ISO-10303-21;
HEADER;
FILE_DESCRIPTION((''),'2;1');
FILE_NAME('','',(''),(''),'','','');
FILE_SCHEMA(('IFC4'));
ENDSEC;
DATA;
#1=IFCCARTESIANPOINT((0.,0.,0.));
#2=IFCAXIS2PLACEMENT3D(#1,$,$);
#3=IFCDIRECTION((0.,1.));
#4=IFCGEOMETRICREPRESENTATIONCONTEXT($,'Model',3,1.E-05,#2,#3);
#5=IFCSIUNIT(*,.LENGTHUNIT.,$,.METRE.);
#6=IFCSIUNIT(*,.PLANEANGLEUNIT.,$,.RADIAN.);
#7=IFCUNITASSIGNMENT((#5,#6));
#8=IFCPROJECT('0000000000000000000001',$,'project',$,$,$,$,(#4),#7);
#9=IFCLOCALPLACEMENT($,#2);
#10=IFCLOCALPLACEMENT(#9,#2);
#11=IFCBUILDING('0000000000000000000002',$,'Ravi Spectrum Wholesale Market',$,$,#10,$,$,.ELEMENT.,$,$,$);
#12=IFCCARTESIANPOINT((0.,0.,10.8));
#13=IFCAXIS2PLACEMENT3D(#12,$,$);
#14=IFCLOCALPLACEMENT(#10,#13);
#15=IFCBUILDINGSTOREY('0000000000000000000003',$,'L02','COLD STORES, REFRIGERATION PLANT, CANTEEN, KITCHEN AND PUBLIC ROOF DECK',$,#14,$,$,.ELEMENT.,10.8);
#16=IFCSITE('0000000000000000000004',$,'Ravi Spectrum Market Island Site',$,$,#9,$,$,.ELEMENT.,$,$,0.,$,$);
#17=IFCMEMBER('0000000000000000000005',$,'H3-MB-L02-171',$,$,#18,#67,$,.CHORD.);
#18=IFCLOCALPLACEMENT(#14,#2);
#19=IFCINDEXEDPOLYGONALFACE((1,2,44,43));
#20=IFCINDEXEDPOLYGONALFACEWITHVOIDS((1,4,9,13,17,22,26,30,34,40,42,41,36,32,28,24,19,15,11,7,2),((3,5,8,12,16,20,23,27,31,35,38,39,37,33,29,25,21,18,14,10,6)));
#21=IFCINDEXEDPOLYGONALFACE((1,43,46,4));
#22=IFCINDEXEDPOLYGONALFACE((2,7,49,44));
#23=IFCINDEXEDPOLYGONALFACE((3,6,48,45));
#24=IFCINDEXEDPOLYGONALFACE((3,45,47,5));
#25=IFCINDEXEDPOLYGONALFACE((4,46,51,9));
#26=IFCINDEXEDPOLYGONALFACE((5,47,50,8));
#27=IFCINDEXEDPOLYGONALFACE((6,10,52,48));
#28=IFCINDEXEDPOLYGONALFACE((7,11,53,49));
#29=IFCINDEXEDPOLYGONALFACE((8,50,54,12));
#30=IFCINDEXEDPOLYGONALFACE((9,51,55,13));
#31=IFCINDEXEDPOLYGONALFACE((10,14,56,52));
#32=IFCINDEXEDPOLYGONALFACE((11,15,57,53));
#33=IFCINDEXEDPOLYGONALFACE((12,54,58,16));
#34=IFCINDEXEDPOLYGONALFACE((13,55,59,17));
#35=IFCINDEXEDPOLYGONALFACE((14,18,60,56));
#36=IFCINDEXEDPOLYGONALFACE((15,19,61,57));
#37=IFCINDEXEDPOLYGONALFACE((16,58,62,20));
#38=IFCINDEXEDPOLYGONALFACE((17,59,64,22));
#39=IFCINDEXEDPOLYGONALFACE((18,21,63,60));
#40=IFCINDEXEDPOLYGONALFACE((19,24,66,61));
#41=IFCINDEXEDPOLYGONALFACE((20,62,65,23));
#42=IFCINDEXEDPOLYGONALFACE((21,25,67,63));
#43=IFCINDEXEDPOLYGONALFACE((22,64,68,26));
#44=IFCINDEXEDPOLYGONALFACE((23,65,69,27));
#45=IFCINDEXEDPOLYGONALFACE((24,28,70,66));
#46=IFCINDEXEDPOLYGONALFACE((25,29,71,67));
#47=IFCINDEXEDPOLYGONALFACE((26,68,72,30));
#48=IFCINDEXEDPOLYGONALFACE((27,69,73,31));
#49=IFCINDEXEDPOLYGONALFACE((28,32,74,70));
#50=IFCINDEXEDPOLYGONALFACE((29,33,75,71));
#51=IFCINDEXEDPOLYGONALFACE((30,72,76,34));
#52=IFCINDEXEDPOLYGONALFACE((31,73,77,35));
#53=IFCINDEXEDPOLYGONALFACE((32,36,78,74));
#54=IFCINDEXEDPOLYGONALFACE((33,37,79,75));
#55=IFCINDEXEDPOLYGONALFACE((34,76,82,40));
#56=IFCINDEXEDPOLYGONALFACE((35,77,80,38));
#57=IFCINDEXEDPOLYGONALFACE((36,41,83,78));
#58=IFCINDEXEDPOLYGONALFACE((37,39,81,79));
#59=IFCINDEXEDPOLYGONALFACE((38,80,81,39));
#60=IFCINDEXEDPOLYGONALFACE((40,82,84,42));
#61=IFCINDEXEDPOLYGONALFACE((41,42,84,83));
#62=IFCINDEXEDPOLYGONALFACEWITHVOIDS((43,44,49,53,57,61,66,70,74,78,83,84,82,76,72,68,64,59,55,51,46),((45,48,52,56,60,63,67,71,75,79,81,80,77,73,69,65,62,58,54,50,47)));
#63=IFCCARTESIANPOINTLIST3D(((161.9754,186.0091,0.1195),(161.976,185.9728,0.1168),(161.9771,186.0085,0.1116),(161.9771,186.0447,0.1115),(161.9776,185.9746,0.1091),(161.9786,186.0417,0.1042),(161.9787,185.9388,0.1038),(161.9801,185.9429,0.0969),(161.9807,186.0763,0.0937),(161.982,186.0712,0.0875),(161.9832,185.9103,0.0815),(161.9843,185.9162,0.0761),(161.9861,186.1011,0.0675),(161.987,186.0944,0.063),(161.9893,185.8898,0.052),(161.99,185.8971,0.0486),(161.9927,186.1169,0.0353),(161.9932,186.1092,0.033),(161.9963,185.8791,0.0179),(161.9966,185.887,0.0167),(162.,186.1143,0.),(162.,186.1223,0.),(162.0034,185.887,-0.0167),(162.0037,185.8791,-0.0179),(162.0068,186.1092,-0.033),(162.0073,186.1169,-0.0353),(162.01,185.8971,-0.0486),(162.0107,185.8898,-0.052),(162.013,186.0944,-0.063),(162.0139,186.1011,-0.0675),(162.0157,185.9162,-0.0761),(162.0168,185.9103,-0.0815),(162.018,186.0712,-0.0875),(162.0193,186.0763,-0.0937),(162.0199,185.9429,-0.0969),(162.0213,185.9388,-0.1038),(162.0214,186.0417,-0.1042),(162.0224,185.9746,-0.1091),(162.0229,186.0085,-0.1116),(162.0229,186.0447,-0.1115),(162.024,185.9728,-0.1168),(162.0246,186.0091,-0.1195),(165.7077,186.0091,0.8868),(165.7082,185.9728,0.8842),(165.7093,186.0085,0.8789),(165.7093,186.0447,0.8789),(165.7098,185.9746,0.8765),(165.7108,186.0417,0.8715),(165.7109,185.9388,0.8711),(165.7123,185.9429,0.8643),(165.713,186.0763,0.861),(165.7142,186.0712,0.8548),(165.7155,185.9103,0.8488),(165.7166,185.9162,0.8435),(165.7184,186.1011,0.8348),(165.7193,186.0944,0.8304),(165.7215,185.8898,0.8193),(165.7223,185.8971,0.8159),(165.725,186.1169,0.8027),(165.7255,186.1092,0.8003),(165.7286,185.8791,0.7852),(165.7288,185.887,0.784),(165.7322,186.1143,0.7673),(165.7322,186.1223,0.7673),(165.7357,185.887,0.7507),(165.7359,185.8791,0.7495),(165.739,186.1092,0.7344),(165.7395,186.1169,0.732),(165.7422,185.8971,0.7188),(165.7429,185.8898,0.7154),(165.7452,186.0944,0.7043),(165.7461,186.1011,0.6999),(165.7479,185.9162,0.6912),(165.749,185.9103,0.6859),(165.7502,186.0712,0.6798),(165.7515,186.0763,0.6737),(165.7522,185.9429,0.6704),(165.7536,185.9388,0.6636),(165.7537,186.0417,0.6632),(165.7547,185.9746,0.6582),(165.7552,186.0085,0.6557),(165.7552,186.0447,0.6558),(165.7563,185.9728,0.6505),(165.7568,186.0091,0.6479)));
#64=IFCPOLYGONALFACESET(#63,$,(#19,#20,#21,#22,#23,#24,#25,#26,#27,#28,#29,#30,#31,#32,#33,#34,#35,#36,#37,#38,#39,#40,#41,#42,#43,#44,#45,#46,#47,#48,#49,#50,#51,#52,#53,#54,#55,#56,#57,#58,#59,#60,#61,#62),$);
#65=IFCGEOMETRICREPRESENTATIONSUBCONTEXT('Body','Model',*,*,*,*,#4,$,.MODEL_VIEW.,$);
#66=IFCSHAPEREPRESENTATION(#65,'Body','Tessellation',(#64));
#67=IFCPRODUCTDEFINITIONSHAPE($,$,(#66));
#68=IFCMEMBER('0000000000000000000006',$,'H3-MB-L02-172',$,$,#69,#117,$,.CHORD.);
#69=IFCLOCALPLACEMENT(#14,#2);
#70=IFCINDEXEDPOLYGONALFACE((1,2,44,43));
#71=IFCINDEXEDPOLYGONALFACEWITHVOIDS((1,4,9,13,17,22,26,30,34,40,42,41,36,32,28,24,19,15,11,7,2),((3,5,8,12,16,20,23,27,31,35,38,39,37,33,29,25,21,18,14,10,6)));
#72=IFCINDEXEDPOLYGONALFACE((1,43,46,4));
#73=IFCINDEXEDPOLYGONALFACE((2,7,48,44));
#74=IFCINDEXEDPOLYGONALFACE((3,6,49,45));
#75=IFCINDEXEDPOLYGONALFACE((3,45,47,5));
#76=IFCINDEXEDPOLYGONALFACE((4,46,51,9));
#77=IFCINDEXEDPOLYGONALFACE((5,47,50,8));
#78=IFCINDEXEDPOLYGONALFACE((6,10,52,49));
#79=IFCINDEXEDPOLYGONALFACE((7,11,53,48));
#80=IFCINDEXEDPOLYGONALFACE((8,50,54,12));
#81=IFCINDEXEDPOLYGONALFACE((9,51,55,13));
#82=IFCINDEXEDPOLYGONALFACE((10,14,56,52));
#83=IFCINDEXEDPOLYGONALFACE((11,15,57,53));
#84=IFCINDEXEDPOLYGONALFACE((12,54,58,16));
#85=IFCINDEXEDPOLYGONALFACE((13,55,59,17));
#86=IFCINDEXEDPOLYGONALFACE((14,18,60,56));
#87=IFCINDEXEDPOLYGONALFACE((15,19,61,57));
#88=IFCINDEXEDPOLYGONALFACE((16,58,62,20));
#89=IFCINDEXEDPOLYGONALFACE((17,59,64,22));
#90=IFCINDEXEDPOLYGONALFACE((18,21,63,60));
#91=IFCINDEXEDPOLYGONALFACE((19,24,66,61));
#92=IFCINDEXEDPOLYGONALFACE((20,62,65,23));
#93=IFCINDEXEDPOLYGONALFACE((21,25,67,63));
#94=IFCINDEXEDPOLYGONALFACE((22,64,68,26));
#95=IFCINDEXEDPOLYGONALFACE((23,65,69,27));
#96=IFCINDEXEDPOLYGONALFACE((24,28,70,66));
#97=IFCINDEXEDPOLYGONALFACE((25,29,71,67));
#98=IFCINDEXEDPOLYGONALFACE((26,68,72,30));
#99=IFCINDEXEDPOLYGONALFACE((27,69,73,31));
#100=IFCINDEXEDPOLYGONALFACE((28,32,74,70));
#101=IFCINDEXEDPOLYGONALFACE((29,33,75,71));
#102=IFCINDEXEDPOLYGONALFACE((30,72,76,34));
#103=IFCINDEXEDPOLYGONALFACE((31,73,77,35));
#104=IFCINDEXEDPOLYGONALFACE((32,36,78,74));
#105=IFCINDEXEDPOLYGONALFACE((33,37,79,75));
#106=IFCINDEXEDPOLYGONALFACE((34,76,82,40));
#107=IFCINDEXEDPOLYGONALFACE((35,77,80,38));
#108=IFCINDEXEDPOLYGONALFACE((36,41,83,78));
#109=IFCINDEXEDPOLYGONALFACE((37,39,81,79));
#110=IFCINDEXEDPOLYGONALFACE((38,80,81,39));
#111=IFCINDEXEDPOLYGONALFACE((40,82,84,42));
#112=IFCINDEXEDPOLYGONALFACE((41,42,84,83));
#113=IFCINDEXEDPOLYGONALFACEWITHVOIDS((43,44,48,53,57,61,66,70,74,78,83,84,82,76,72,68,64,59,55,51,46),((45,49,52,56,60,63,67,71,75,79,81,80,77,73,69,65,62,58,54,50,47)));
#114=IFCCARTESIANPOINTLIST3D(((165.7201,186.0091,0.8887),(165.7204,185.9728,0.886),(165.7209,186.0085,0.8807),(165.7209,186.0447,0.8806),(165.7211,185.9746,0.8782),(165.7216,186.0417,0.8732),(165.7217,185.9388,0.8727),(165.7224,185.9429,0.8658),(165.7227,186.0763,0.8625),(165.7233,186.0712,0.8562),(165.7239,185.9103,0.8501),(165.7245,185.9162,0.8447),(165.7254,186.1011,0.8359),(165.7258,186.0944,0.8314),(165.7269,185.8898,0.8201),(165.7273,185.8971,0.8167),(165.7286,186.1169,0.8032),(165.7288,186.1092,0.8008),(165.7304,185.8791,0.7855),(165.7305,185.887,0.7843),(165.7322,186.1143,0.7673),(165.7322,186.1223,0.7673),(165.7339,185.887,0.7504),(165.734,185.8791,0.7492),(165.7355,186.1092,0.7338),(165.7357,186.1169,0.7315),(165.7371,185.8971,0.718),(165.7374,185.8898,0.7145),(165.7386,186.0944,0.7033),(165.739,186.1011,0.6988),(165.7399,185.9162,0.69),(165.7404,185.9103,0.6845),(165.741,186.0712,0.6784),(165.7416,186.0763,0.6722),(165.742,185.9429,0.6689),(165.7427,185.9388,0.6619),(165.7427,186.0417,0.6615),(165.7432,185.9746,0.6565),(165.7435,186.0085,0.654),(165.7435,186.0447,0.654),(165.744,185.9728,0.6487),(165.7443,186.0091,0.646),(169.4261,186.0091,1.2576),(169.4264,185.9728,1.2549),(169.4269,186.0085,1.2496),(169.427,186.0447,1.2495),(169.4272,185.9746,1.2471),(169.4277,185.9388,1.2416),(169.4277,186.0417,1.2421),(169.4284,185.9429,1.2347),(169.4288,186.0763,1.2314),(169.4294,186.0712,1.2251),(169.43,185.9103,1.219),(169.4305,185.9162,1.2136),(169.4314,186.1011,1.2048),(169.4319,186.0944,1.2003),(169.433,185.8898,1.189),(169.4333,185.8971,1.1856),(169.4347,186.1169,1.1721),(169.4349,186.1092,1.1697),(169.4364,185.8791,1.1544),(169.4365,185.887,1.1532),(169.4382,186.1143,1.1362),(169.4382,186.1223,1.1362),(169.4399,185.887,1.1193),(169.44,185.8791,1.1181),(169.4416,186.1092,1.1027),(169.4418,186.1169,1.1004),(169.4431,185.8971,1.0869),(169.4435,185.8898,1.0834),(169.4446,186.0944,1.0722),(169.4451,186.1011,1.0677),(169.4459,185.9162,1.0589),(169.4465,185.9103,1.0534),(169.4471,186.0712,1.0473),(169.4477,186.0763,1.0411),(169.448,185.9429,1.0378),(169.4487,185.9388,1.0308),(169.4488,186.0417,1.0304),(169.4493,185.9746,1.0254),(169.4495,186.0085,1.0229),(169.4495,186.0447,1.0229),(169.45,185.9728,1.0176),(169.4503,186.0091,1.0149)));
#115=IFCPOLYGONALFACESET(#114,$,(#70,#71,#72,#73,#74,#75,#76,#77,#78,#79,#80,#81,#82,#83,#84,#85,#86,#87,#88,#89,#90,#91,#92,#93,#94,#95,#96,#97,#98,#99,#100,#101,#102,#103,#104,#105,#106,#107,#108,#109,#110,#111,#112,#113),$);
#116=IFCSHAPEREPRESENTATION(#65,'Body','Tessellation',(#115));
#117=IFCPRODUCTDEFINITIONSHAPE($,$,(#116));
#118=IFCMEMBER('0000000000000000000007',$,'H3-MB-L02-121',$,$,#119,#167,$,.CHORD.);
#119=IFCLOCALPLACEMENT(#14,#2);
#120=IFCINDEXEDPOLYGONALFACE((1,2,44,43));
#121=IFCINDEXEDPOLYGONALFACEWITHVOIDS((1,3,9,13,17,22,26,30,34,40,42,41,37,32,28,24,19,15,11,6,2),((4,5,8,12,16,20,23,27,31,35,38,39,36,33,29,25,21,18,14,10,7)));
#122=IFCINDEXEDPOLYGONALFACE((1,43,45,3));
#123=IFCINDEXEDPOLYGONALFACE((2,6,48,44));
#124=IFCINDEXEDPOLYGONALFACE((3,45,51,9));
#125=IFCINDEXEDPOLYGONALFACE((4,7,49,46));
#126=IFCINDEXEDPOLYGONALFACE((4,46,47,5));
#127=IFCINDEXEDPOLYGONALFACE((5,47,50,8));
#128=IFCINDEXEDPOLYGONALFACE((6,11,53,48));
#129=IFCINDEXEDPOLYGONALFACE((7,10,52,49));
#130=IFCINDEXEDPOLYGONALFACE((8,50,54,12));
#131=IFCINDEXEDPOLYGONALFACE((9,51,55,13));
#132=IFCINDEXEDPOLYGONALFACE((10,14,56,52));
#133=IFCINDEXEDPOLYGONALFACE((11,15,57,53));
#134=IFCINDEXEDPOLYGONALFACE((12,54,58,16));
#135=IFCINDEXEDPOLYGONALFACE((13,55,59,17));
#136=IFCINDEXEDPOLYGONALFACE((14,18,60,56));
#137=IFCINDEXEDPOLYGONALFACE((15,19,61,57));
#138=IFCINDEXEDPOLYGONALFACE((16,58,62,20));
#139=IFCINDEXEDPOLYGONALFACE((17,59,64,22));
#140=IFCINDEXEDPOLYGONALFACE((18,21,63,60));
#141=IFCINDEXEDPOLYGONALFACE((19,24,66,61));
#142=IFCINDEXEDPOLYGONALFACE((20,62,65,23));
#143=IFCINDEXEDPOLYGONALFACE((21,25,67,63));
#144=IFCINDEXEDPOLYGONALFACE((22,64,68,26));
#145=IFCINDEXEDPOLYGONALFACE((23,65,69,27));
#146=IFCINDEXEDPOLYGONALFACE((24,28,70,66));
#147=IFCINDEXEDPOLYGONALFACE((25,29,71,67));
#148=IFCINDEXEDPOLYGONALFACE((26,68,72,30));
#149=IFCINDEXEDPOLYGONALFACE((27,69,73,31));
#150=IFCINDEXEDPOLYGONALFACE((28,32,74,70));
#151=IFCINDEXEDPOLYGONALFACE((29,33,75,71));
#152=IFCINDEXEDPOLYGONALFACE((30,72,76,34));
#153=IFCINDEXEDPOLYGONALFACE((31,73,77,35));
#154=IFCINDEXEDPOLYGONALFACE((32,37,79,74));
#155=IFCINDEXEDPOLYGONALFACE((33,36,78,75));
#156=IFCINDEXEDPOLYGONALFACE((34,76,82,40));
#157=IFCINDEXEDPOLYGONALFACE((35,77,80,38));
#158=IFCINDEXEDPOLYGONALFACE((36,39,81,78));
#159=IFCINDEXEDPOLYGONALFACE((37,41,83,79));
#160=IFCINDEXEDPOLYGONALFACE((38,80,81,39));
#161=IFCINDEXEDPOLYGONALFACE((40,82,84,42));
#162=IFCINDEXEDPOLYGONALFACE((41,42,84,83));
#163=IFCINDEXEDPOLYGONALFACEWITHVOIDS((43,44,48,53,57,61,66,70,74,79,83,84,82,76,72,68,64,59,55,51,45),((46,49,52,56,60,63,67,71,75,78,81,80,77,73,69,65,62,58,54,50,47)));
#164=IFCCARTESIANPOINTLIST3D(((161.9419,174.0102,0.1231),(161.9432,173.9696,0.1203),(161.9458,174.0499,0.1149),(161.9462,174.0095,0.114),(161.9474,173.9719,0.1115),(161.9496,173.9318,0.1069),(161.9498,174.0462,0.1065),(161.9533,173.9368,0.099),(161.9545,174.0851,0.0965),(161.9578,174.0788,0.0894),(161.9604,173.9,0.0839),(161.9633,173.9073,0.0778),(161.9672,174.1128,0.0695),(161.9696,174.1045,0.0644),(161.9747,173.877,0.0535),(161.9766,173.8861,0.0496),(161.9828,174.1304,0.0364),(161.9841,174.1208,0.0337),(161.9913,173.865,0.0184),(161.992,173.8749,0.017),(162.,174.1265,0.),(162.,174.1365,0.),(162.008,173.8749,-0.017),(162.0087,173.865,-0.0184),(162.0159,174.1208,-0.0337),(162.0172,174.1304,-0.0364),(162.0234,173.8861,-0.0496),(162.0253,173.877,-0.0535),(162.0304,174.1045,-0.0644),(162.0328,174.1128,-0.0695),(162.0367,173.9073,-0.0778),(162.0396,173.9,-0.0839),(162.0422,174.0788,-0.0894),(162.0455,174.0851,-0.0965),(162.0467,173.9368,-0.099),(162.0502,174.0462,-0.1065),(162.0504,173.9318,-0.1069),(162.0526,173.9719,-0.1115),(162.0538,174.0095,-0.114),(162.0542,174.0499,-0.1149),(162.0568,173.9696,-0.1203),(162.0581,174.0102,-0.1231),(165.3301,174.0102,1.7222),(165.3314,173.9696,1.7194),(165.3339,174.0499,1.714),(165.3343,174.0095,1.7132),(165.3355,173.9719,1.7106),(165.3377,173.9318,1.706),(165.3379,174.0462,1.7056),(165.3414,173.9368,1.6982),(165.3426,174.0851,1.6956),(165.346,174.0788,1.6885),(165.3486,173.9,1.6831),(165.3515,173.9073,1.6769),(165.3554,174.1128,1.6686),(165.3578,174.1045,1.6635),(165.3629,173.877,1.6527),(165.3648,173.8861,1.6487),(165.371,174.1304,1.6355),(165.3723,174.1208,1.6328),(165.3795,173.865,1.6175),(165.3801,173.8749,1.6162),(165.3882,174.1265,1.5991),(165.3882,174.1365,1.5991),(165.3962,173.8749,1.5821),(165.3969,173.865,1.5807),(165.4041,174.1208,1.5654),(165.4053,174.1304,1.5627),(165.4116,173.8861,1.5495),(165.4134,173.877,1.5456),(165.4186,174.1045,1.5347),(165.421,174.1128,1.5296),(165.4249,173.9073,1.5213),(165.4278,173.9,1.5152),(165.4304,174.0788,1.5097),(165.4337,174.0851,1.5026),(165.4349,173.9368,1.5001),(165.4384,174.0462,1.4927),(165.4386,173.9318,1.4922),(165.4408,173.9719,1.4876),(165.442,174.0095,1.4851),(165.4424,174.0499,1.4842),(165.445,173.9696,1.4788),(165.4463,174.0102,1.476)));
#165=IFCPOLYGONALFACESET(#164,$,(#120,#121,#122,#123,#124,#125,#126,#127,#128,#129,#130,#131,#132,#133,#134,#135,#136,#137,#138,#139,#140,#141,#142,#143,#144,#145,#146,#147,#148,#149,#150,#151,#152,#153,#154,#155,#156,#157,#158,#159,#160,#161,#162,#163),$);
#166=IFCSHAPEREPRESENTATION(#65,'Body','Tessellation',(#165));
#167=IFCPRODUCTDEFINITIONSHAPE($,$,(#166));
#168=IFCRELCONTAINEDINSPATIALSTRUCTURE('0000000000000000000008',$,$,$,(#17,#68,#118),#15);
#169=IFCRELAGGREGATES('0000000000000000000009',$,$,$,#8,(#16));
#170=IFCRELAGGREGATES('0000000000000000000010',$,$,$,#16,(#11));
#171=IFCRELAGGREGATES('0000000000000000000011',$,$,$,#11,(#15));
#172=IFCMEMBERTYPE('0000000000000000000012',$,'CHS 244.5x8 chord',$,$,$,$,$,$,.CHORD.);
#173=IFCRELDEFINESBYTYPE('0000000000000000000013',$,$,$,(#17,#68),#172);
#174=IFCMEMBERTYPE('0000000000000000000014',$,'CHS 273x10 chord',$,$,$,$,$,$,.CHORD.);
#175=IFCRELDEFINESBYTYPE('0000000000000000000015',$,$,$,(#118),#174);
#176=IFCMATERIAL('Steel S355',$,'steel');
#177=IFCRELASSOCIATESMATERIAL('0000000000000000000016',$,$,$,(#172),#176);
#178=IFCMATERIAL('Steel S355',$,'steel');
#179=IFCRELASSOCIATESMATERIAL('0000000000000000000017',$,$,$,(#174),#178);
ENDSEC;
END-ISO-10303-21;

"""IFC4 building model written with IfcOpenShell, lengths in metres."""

from ifc_helpers import new_model, si_unit, direction, frame, origin, origin_2d, place, context, subcontext, project, spatial, hollow_circle, extrude, material, material_profile, profile_set, type_object, element, save


model = new_model("IFC4")

# Units and contexts
model_context = context("Model", 3, precision=1e-05, world=origin(), true_north=direction((0.0, 1.0)))
body_context = subcontext(model_context, "Body", "Model", "MODEL_VIEW")
ifc_project = project(units=[si_unit("LENGTHUNIT", "METRE"), si_unit("PLANEANGLEUNIT", "RADIAN")], contexts=[model_context])

# Site, building, storey
site_placement = place(None, origin())
site = spatial("IfcSite", under=ifc_project, at=site_placement, Name="Ravi Spectrum Market Island Site", CompositionType="ELEMENT", RefElevation=0.0)
building_placement = place(site_placement, origin())
building = spatial("IfcBuilding", under=site, at=building_placement, Name="Ravi Spectrum Wholesale Market", CompositionType="ELEMENT")
storey_placement = place(building_placement, frame((0.0, 0.0, 10.8)))
storey = spatial("IfcBuildingStorey", under=building, at=storey_placement, Name="L02", Description="COLD STORES, REFRIGERATION PLANT, CANTEEN, KITCHEN AND PUBLIC ROOF DECK", CompositionType="ELEMENT", Elevation=10.8)

# Members
ifc_material_1 = material(Name="Steel S355", Category="steel")
ifc_material_profile_1 = material_profile(ifc_material_1, hollow_circle(Radius=0.1223, WallThickness=0.0081, at=origin_2d()))
ifc_profile_set_1 = profile_set([ifc_material_profile_1], Name="Steel S355")
member_type_1 = type_object("IfcMemberType", Name="CHS 244.5x8 chord", PredefinedType="CHORD", material=ifc_profile_set_1)
member_1_placement = place(storey_placement, frame((162.0, 186.0, 0.0), z_axis=(0.979512, 0.0, 0.201387), x_axis=(0.0, 1.0, 0.0)))
element("IfcMember", 1, at=member_1_placement, inside=storey, type_object=member_type_1, Name="H3-MB-L02-171", PredefinedType="CHORD", context=body_context, shape_type="SweptSolid", body=[
    extrude(hollow_circle(Radius=0.1223, WallThickness=0.0081, at=origin_2d()), origin(), (0.0, 0.0, 1.0), 3.8103),
])
member_2_placement = place(storey_placement, frame((165.7322, 186.0, 0.7673), z_axis=(0.995083, 0.0, 0.099049), x_axis=(0.0, 1.0, 0.0)))
element("IfcMember", 2, at=member_2_placement, inside=storey, type_object=member_type_1, Name="H3-MB-L02-172", PredefinedType="CHORD", context=body_context, shape_type="SweptSolid", body=[
    extrude(hollow_circle(Radius=0.1223, WallThickness=0.0081, at=origin_2d()), origin(), (0.0, 0.0, 1.0), 3.7244),
])
ifc_material_2 = material(Name="Steel S355", Category="steel")
ifc_material_profile_2 = material_profile(ifc_material_2, hollow_circle(Radius=0.1365, WallThickness=0.01, at=origin_2d()))
ifc_profile_set_2 = profile_set([ifc_material_profile_2], Name="Steel S355")
member_type_2 = type_object("IfcMemberType", Name="CHS 273x10 chord", PredefinedType="CHORD", material=ifc_profile_set_2)
member_3_placement = place(storey_placement, frame((162.0, 174.0, 0.0), z_axis=(0.904337, 0.0, 0.42682), x_axis=(0.0, 1.0, 0.0)))
element("IfcMember", 3, at=member_3_placement, inside=storey, type_object=member_type_2, Name="H3-MB-L02-121", PredefinedType="CHORD", context=body_context, shape_type="SweptSolid", body=[
    extrude(hollow_circle(Radius=0.1365, WallThickness=0.01, at=origin_2d()), origin(), (0.0, 0.0, 1.0), 3.7466),
])

save(model, "model.ifc")
